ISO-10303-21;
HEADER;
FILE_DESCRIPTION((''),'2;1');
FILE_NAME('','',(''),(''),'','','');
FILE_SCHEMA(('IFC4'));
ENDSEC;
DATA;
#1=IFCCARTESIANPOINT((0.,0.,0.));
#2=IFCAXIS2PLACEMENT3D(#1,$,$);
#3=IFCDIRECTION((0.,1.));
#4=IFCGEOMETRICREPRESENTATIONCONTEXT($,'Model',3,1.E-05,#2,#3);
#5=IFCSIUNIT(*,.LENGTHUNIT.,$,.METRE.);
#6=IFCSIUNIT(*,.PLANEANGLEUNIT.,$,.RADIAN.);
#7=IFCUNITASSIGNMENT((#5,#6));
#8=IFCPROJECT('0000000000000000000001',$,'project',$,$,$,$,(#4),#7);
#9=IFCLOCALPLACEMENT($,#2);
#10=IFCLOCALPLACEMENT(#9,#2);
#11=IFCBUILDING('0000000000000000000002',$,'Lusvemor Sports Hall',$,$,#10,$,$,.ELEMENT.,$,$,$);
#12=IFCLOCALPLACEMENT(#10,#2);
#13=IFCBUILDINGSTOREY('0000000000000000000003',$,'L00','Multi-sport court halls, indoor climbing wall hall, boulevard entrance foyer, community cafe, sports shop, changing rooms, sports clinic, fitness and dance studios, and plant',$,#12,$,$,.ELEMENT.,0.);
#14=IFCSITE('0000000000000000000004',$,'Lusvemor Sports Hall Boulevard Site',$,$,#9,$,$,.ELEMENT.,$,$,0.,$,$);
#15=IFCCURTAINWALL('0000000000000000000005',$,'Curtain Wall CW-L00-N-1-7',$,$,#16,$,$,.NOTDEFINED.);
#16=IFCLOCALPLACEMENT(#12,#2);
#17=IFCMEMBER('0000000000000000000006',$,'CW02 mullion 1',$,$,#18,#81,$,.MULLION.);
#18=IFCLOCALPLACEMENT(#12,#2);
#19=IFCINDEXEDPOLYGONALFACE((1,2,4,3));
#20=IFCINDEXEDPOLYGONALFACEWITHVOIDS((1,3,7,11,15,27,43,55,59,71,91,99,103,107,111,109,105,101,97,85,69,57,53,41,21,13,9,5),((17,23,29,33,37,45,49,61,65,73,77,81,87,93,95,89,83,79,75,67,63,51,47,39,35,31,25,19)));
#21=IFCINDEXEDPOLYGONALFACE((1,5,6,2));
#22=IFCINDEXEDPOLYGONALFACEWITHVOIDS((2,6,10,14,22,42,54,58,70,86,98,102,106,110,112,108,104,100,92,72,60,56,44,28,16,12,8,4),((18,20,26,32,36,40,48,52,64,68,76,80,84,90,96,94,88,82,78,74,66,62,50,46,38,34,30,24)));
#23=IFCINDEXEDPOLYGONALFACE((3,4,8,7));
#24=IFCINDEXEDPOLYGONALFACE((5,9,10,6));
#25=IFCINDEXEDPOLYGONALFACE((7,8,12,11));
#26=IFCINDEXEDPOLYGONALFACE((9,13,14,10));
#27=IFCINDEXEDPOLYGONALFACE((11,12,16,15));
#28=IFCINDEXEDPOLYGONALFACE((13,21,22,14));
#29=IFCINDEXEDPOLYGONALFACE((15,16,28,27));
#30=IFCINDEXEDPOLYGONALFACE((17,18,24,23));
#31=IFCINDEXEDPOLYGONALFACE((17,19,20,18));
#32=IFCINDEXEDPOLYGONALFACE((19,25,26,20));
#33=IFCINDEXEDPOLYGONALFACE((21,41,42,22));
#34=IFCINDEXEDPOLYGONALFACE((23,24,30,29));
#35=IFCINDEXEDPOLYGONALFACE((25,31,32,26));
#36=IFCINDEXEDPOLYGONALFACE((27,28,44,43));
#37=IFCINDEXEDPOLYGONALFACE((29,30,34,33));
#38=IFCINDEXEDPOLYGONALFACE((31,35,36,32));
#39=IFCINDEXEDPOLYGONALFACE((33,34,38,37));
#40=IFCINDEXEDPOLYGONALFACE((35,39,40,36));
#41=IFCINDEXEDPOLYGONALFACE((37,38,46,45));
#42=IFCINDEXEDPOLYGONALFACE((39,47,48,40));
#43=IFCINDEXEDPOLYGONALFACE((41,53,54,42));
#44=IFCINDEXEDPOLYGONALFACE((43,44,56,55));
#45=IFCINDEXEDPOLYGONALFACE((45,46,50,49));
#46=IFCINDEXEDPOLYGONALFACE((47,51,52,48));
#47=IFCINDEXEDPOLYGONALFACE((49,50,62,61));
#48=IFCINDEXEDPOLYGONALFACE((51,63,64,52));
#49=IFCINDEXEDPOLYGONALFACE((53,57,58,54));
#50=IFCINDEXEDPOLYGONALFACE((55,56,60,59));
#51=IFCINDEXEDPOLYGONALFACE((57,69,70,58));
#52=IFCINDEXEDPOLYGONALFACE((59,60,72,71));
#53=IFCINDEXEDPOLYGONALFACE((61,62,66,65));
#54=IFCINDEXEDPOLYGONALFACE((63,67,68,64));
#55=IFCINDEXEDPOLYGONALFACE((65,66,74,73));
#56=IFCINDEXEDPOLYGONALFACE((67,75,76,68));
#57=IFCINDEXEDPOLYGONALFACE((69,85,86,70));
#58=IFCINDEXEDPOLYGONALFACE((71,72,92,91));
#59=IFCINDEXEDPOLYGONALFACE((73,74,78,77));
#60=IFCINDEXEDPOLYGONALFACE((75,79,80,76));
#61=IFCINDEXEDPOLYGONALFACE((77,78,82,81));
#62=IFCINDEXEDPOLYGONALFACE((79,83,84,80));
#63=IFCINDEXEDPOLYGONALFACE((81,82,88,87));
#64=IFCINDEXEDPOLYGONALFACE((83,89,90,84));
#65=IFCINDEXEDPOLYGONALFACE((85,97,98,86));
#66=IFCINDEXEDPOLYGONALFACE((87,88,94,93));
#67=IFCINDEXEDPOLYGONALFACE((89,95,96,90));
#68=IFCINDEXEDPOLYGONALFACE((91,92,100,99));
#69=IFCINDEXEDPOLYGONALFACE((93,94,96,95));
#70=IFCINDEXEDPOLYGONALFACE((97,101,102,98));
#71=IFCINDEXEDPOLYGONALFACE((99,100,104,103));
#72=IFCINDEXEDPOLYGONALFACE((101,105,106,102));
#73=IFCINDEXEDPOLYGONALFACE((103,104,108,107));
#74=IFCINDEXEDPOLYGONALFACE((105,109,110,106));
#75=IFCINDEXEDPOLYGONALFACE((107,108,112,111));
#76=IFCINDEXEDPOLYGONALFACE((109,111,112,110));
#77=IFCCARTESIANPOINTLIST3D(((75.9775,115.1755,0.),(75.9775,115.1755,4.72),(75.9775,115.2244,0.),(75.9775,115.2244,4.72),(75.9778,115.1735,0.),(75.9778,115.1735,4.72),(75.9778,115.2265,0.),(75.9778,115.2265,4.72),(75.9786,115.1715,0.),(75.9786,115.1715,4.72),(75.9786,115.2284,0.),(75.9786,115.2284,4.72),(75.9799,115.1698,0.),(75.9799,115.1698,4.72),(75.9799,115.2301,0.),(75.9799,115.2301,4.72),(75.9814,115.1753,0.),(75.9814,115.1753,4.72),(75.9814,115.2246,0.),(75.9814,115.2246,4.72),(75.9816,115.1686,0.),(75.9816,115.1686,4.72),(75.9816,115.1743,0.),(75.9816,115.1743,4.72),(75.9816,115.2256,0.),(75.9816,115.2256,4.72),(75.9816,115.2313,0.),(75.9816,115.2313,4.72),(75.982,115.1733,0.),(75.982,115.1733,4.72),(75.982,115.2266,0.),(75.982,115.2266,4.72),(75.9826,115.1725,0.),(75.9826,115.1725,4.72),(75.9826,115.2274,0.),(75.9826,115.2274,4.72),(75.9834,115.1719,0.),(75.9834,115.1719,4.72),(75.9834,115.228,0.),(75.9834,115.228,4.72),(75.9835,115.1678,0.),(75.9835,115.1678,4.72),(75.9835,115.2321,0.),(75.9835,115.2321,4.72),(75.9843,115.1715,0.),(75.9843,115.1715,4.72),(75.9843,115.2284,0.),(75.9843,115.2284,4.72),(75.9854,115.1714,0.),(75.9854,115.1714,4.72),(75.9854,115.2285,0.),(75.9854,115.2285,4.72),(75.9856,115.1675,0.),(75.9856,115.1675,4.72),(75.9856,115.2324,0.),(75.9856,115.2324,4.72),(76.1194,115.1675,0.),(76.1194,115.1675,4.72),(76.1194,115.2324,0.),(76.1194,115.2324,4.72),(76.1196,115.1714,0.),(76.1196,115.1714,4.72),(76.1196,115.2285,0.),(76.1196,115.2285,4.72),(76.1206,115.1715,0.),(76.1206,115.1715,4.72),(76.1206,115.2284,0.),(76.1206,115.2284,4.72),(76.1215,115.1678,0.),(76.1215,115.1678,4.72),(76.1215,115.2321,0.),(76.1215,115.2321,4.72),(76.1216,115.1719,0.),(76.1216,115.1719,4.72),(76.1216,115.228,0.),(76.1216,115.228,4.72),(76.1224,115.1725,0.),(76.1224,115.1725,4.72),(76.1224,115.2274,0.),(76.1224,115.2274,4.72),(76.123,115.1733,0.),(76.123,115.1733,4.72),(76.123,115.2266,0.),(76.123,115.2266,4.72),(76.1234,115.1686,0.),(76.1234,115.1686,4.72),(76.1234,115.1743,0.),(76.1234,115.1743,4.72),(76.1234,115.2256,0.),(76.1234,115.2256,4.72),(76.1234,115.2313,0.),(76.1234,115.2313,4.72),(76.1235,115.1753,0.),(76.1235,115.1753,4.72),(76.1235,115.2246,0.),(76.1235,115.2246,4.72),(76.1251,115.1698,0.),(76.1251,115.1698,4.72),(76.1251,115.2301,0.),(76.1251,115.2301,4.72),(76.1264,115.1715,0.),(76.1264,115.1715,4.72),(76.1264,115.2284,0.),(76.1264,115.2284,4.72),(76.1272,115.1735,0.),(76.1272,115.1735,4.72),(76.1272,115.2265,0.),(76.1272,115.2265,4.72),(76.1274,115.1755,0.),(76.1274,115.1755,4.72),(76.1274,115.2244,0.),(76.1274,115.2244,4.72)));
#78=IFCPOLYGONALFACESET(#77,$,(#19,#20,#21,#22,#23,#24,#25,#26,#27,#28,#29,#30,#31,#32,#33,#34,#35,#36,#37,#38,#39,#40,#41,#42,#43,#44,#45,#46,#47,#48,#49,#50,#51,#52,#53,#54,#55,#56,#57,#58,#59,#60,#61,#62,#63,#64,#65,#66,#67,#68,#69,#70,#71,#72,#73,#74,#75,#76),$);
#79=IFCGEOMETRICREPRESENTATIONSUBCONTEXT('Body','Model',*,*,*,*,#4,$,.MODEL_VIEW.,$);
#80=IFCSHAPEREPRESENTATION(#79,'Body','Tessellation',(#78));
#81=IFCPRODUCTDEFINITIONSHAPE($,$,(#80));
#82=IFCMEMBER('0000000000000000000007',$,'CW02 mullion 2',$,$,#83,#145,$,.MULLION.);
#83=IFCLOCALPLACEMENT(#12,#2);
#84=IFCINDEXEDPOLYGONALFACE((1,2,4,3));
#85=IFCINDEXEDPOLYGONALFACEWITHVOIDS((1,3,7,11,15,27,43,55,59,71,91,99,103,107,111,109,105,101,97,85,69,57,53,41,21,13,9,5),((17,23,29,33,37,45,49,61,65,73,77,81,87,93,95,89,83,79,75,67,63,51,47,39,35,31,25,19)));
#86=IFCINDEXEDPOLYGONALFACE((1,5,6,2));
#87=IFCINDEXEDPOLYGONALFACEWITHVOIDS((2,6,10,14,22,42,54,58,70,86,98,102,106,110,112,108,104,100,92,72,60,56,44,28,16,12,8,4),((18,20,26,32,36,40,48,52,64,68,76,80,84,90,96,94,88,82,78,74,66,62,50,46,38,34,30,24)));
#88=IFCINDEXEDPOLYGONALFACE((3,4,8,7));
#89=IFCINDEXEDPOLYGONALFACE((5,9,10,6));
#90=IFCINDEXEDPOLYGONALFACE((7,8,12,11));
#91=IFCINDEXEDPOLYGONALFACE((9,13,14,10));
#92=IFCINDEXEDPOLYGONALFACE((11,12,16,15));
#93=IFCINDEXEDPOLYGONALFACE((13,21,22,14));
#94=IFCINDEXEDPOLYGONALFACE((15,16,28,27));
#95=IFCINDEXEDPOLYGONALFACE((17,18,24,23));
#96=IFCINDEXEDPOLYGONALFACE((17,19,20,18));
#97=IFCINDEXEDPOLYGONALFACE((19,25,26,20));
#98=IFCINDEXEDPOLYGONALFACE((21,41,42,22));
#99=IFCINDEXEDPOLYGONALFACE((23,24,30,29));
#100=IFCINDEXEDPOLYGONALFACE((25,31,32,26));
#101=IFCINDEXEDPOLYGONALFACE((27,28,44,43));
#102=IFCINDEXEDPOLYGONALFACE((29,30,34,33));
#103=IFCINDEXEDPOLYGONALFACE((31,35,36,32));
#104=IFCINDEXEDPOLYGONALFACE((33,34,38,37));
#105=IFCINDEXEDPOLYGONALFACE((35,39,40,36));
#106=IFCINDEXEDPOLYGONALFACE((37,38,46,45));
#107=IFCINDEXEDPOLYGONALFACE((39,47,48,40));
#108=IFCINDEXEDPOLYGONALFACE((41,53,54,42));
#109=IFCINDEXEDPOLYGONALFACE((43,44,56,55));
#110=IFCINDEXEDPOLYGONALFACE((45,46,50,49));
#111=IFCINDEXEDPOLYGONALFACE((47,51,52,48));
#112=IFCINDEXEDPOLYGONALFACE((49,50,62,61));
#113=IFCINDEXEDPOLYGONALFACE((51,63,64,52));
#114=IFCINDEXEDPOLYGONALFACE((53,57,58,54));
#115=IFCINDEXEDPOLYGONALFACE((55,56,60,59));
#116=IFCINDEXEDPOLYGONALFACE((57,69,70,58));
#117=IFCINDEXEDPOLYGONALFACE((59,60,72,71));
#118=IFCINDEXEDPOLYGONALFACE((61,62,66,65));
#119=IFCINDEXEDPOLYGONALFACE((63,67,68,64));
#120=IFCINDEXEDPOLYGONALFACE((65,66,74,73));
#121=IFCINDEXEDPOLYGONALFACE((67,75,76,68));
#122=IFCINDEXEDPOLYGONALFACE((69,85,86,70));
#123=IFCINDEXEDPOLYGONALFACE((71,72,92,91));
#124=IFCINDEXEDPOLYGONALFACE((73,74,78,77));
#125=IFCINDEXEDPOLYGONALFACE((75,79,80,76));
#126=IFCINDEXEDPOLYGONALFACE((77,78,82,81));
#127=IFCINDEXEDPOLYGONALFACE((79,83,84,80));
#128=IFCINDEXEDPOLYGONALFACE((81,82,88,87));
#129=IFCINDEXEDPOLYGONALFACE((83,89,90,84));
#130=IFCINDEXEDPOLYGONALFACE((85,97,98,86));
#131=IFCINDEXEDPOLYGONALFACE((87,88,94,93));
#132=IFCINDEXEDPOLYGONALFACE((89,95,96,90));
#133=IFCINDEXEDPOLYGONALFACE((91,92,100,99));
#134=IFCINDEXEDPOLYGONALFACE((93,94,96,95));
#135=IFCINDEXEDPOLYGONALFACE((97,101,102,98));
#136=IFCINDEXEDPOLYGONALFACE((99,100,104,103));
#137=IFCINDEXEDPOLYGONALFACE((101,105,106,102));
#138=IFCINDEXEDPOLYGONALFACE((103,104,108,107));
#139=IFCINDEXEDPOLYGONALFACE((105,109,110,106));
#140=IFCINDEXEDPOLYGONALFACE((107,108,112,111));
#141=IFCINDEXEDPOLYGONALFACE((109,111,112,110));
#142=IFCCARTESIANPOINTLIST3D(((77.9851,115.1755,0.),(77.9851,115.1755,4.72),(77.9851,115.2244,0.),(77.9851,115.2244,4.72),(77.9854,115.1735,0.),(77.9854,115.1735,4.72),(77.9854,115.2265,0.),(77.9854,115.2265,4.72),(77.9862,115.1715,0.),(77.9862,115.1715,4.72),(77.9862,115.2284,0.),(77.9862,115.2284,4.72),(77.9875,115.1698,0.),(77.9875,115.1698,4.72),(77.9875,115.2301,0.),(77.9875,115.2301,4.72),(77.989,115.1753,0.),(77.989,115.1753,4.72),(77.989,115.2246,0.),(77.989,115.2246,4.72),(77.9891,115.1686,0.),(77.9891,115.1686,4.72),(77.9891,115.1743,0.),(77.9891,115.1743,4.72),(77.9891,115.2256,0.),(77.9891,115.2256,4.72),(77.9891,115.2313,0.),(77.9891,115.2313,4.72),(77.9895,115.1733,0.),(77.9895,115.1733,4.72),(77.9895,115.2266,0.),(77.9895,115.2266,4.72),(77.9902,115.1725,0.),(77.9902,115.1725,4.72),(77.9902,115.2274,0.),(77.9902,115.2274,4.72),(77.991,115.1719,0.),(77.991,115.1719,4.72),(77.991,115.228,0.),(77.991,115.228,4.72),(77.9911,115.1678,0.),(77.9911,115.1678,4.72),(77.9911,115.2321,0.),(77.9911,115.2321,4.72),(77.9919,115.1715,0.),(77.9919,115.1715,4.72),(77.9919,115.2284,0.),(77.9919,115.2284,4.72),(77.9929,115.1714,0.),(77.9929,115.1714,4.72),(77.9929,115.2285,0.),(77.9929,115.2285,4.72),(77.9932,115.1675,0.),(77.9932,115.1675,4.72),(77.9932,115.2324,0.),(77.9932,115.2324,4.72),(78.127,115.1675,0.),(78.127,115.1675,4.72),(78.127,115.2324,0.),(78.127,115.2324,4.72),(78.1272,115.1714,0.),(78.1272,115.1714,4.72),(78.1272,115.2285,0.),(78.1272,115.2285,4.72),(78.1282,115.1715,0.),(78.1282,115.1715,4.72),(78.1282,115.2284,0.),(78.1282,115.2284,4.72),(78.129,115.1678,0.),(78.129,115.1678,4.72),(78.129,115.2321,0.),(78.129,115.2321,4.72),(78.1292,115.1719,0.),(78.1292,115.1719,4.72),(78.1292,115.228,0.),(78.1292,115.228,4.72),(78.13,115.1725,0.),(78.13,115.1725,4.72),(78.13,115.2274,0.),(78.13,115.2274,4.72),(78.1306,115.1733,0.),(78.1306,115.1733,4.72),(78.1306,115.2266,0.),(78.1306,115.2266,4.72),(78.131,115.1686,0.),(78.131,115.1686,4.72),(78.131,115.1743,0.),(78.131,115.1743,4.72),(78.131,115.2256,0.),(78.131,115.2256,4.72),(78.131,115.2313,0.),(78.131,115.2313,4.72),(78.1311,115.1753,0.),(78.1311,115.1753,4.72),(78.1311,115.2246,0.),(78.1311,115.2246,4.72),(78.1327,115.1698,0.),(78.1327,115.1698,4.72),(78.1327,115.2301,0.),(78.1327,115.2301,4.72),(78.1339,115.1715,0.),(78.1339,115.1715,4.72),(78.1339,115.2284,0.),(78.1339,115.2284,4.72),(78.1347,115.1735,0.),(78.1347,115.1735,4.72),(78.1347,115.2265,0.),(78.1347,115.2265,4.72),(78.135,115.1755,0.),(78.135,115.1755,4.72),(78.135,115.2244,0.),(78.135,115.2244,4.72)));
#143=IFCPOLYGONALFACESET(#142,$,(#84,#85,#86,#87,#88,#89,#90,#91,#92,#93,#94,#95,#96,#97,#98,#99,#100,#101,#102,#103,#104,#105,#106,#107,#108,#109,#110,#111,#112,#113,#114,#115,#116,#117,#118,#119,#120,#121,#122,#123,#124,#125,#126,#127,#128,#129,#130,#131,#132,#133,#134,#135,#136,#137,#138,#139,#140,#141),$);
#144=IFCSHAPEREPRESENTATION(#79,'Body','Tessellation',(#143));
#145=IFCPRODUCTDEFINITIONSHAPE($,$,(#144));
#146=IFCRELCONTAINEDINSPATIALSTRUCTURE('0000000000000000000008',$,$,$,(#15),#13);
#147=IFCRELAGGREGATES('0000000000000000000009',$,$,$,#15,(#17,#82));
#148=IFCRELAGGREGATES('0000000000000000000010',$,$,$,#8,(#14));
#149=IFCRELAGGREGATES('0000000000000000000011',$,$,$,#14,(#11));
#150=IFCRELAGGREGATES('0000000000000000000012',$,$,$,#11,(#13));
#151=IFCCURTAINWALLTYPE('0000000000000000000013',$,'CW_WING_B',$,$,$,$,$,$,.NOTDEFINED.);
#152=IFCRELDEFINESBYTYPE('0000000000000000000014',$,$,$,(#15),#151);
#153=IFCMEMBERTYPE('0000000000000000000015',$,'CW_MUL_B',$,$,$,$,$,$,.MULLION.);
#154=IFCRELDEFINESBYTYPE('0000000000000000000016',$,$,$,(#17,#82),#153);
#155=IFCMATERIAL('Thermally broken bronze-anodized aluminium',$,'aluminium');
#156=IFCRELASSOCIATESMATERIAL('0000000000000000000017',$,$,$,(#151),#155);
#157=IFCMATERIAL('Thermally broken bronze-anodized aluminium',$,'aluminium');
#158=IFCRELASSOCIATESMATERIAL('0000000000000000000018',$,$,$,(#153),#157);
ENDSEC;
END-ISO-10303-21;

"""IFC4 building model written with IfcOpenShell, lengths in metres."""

from ifc_helpers import new_model, si_unit, direction, frame, origin, origin_2d, place, context, subcontext, project, spatial, hollow_rectangle, extrude, material, material_profile, profile_set, type_object, element, aggregate, save


model = new_model("IFC4")

# Units and contexts
model_context = context("Model", 3, precision=1e-05, world=origin(), true_north=direction((0.0, 1.0)))
body_context = subcontext(model_context, "Body", "Model", "MODEL_VIEW")
ifc_project = project(units=[si_unit("LENGTHUNIT", "METRE"), si_unit("PLANEANGLEUNIT", "RADIAN")], contexts=[model_context])

# Site, building, storey
site_placement = place(None, origin())
site = spatial("IfcSite", under=ifc_project, at=site_placement, Name="Lusvemor Sports Hall Boulevard Site", CompositionType="ELEMENT", RefElevation=0.0)
building_placement = place(site_placement, origin())
building = spatial("IfcBuilding", under=site, at=building_placement, Name="Lusvemor Sports Hall", CompositionType="ELEMENT")
storey_placement = place(building_placement, origin())
storey = spatial("IfcBuildingStorey", under=building, at=storey_placement, Name="L00", Description="Multi-sport court halls, indoor climbing wall hall, boulevard entrance foyer, community cafe, sports shop, changing rooms, sports clinic, fitness and dance studios, and plant", CompositionType="ELEMENT", Elevation=0.0)

# Curtain wall, members
ifc_material_1 = material(Name="Thermally broken bronze-anodized aluminium", Category="aluminium")
curtain_wall_type = type_object("IfcCurtainWallType", Name="CW_WING_B", PredefinedType="NOTDEFINED", material=ifc_material_1)
curtain_wall_placement = place(storey_placement, origin())
curtain_wall = element("IfcCurtainWall", 1, at=curtain_wall_placement, inside=storey, type_object=curtain_wall_type, Name="Curtain Wall CW-L00-N-1-7", PredefinedType="NOTDEFINED")
ifc_material_2 = material(Name="Thermally broken bronze-anodized aluminium", Category="aluminium")
ifc_material_profile_1 = material_profile(ifc_material_2, hollow_rectangle(XDim=0.0649, YDim=0.1499, WallThickness=0.0039, InnerFilletRadius=0.0039, OuterFilletRadius=0.0081, at=origin_2d()), Name="CWMUL150x65x4")
ifc_profile_set_1 = profile_set([ifc_material_profile_1], Name="Thermally broken bronze-anodized aluminium")
member_type_1 = type_object("IfcMemberType", Name="CW_MUL_B", PredefinedType="MULLION", material=ifc_profile_set_1)
member_1_placement = place(storey_placement, frame((76.0525, 115.2, 0.0), z_axis=(0.0, 0.0, 1.0), x_axis=(0.0, 1.0, 0.0)))
member_1 = element("IfcMember", 2, at=member_1_placement, type_object=member_type_1, Name="CW02 mullion 1", PredefinedType="MULLION", context=body_context, shape_type="SweptSolid", body=[
    extrude(hollow_rectangle(XDim=0.0649, YDim=0.1499, WallThickness=0.0039, InnerFilletRadius=0.0039, OuterFilletRadius=0.0081, at=origin_2d()), origin(), (0.0, 0.0, 1.0), 4.72),
])
member_2_placement = place(storey_placement, frame((78.0601, 115.2, 0.0), z_axis=(0.0, 0.0, 1.0), x_axis=(0.0, 1.0, 0.0)))
member_2 = element("IfcMember", 3, at=member_2_placement, type_object=member_type_1, Name="CW02 mullion 2", PredefinedType="MULLION", context=body_context, shape_type="SweptSolid", body=[
    extrude(hollow_rectangle(XDim=0.0649, YDim=0.1499, WallThickness=0.0039, InnerFilletRadius=0.0039, OuterFilletRadius=0.0081, at=origin_2d()), origin(), (0.0, 0.0, 1.0), 4.72),
])
aggregate(curtain_wall, [member_1, member_2])

save(model, "model.ifc")
